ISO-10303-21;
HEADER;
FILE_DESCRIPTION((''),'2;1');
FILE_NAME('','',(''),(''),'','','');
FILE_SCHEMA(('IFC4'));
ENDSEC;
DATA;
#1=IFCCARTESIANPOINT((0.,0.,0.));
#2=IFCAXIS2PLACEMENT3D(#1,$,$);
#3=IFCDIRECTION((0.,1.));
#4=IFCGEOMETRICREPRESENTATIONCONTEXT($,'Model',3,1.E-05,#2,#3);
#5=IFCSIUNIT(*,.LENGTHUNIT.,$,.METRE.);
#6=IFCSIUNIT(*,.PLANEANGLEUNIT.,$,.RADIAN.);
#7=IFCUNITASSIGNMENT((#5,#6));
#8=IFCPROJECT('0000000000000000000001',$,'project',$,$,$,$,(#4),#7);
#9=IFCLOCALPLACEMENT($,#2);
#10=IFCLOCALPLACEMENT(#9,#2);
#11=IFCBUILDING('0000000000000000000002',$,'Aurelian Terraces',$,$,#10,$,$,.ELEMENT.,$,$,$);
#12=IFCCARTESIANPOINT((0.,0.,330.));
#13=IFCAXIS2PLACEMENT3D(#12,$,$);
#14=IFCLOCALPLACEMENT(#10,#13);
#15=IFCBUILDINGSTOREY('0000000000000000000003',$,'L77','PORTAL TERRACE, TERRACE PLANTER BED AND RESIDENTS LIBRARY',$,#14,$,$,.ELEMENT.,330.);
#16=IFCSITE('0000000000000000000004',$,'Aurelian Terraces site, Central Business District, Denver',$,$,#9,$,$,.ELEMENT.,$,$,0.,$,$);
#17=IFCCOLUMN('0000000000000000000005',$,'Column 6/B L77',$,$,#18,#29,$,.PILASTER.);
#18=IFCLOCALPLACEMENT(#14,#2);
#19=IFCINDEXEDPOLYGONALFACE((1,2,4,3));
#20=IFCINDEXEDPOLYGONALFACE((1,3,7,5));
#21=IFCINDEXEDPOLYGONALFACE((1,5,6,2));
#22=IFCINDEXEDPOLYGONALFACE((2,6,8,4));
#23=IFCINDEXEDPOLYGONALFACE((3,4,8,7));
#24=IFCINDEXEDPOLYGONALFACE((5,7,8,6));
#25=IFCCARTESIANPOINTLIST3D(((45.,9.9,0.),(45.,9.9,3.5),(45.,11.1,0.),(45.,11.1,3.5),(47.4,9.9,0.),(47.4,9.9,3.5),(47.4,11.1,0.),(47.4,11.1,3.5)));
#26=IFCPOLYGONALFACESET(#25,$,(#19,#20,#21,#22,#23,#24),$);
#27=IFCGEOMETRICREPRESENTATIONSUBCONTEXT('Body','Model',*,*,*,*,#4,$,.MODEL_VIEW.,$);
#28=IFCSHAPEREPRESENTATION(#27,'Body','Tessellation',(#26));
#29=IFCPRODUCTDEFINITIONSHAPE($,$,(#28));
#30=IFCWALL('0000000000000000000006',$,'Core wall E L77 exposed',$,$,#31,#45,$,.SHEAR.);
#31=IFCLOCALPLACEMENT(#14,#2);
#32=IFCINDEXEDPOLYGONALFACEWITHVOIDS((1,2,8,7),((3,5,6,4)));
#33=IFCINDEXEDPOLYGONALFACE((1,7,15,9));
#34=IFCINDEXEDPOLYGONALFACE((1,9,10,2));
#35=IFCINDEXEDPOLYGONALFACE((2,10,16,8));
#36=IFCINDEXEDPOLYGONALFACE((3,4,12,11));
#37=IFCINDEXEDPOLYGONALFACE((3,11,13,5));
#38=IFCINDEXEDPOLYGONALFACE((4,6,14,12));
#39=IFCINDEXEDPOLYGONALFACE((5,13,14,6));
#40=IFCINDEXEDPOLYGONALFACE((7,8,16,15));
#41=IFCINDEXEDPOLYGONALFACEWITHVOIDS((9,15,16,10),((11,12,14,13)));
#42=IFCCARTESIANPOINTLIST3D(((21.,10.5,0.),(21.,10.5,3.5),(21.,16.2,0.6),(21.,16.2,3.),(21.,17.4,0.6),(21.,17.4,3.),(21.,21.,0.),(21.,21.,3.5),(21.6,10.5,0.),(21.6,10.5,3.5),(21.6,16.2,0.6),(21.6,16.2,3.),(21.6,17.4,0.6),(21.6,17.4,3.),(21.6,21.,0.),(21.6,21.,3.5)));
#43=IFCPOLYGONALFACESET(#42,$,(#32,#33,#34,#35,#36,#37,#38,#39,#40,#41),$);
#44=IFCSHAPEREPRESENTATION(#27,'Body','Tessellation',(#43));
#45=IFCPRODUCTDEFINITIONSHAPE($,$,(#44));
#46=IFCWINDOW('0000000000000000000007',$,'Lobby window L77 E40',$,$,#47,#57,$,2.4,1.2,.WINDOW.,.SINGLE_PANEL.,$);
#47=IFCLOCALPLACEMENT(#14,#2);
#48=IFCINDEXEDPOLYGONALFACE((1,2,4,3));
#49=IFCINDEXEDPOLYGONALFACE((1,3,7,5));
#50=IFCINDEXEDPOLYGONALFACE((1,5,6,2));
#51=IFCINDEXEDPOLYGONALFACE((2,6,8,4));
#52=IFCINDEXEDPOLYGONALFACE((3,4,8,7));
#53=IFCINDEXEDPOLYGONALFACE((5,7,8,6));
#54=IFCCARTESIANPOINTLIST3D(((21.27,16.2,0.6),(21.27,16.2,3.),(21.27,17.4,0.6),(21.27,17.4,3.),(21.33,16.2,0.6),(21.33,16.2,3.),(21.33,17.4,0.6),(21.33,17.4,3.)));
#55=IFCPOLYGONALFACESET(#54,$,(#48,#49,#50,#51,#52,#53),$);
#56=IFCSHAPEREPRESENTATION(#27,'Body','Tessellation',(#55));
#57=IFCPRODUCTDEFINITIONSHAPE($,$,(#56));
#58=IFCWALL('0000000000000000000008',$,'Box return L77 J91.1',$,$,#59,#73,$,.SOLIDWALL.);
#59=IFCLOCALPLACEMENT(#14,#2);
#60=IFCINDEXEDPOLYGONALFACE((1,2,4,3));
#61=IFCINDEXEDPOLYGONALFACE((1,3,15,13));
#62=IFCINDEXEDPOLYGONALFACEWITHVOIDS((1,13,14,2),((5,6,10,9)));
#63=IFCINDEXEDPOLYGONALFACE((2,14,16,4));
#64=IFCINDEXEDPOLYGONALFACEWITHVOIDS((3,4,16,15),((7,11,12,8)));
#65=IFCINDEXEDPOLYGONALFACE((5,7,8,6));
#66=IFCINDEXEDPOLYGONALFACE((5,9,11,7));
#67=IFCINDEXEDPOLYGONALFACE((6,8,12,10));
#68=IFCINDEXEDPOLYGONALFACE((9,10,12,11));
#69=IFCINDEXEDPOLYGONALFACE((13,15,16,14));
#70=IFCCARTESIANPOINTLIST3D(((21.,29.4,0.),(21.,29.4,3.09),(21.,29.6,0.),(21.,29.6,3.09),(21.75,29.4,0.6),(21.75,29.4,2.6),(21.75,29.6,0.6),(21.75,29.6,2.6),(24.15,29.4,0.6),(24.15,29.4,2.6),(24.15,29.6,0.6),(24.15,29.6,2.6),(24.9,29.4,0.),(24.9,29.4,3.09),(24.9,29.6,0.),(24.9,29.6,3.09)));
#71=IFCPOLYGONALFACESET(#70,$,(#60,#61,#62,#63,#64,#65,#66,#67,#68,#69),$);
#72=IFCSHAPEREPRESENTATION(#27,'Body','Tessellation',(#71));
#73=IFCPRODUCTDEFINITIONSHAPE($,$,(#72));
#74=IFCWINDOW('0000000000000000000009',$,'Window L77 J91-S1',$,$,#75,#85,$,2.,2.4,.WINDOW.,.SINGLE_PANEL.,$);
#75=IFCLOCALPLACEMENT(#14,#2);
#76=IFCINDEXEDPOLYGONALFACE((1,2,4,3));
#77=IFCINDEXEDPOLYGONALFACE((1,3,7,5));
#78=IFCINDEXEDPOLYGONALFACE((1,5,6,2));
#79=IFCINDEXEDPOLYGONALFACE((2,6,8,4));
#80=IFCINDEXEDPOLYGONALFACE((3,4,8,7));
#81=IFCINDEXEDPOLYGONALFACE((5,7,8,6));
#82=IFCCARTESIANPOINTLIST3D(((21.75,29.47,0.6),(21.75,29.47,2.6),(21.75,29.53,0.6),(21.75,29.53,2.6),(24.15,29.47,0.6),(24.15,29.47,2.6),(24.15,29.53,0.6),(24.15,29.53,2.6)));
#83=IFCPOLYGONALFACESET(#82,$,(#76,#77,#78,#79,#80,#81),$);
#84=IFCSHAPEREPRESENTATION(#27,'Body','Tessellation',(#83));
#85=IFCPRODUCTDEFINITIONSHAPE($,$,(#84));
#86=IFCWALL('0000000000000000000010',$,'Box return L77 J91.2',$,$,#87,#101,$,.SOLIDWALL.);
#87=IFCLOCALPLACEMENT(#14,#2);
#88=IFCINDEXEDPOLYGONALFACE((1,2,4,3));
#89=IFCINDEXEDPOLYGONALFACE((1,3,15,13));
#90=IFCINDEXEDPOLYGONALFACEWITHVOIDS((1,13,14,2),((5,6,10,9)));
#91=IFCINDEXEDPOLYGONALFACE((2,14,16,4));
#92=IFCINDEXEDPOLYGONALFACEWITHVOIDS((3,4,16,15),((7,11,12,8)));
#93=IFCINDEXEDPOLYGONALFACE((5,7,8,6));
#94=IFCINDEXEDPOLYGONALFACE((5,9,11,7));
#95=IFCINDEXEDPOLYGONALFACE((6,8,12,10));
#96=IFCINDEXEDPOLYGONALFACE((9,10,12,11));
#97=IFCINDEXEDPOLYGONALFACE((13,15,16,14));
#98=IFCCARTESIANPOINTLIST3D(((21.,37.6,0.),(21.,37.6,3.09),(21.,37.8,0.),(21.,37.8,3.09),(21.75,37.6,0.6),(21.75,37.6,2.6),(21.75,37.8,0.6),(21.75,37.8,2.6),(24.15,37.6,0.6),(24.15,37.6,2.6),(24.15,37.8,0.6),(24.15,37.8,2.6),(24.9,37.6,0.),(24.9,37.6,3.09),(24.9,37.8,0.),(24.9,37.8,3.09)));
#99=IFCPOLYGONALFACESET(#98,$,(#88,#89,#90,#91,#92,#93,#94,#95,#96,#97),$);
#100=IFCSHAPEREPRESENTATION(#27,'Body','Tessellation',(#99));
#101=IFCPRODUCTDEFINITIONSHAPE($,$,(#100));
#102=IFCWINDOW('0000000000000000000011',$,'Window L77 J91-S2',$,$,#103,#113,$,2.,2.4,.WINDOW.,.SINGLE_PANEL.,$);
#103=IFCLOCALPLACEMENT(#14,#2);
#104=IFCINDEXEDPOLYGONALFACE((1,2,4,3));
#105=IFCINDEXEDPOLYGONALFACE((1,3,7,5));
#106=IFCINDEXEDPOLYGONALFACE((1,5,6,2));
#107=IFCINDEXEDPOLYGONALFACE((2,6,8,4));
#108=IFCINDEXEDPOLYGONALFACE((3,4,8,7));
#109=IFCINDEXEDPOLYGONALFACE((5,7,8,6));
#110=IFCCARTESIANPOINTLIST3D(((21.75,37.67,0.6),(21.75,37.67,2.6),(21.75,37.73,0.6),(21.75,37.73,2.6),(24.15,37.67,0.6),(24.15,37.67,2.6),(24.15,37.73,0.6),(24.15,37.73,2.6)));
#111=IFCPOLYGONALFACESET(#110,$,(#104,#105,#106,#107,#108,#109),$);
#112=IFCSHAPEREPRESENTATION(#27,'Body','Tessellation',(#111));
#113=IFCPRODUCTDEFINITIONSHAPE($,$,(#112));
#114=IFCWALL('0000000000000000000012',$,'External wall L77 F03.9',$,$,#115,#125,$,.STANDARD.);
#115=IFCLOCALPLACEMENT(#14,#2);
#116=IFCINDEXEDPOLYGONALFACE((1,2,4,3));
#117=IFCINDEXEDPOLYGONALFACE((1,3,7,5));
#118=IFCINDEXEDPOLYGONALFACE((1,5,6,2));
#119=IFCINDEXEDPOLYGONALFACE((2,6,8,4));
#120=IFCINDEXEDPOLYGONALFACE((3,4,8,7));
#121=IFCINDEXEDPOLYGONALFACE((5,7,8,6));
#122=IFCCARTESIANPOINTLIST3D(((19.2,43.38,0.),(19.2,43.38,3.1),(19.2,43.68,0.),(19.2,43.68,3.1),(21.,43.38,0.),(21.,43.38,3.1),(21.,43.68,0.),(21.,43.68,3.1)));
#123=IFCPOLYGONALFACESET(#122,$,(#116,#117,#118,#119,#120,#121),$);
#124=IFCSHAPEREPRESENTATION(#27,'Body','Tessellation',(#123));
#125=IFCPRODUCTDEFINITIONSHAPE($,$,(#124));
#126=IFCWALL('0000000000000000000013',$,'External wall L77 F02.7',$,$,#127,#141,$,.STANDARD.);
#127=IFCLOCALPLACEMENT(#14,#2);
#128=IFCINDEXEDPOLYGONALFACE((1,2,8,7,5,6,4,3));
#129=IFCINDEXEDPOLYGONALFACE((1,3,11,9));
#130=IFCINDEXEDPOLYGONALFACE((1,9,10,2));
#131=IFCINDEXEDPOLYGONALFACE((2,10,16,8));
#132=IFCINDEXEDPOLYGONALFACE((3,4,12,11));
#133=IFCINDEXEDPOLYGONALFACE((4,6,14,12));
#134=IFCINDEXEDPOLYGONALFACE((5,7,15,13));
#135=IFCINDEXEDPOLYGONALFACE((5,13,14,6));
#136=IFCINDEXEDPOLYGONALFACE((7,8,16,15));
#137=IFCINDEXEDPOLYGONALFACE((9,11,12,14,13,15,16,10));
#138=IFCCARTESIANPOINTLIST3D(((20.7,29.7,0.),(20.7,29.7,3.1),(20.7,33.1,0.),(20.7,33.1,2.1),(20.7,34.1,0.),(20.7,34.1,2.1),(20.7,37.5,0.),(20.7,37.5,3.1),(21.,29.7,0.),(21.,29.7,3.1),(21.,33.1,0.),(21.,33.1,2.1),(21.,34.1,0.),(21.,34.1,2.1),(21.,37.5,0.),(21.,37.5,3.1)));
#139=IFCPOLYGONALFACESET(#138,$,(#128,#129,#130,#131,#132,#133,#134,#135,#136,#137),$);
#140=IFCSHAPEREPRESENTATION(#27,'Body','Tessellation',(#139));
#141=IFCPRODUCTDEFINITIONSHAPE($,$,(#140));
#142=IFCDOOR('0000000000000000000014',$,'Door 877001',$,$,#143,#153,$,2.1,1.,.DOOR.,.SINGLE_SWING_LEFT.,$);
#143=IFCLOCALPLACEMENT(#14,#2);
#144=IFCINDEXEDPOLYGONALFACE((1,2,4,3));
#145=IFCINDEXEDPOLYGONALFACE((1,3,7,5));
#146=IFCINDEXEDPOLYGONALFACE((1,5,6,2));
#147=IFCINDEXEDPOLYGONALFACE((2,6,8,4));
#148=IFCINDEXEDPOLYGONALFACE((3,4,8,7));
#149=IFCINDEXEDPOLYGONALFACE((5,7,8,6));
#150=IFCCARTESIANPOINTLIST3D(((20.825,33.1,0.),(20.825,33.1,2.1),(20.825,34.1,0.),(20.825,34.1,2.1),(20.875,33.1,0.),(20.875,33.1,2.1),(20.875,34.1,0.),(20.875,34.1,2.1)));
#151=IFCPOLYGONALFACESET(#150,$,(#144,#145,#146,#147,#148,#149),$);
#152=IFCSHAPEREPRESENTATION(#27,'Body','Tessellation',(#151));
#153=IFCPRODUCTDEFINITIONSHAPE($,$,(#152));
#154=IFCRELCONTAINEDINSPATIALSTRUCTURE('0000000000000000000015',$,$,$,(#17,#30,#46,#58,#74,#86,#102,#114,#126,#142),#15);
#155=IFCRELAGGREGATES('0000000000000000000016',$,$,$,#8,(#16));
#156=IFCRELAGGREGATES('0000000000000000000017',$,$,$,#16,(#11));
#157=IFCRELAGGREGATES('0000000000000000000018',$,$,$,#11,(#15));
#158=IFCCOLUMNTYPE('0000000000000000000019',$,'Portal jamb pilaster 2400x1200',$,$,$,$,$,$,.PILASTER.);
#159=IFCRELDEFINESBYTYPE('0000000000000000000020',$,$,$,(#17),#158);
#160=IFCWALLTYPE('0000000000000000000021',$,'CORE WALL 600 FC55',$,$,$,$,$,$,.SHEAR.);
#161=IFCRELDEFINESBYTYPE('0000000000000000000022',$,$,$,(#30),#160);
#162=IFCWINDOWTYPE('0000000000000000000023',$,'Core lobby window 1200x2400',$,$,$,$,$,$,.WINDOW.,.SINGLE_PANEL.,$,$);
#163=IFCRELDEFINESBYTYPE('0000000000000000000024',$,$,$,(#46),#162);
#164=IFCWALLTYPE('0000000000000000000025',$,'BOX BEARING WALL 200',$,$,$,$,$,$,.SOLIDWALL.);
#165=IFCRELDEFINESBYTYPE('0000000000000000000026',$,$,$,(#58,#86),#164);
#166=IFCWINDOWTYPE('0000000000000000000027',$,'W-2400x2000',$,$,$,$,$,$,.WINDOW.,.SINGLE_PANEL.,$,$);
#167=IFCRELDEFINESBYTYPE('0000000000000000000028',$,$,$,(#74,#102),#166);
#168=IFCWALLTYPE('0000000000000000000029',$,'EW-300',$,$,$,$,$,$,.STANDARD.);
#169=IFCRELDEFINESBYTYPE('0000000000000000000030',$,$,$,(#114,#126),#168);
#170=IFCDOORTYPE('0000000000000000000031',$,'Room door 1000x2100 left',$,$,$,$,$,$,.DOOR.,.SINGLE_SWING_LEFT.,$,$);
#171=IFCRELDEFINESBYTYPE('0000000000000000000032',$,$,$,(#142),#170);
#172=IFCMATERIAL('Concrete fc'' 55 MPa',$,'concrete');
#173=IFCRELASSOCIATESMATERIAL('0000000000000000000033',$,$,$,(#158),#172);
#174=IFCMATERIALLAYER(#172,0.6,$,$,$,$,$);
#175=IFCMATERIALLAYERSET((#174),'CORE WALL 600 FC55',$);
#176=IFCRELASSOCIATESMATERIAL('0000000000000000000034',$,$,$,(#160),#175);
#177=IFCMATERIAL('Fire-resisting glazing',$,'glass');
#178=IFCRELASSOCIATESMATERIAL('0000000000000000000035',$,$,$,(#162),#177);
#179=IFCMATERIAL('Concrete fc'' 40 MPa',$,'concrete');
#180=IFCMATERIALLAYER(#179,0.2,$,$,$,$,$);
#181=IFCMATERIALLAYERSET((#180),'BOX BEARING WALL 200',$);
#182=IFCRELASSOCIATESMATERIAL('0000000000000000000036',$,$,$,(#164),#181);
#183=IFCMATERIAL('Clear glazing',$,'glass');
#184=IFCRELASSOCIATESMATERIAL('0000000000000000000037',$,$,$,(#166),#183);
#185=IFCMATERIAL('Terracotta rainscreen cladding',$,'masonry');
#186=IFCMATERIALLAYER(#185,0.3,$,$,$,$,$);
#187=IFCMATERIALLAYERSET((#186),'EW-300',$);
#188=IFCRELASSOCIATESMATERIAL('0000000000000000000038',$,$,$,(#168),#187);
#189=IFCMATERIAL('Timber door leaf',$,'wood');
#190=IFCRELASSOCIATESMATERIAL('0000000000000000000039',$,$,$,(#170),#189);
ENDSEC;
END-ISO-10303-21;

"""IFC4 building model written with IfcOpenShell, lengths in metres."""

from ifc_helpers import new_model, si_unit, direction, frame, frame_2d, origin, origin_2d, place, context, subcontext, project, spatial, rectangle, extrude, source, transform, mapped, material, layer, layer_set, material_profile, profile_set, type_object, element, fill, save


model = new_model("IFC4")

# Units and contexts
model_context = context("Model", 3, precision=1e-05, world=origin(), true_north=direction((0.0, 1.0)))
body_context = subcontext(model_context, "Body", "Model", "MODEL_VIEW")
ifc_project = project(units=[si_unit("LENGTHUNIT", "METRE"), si_unit("PLANEANGLEUNIT", "RADIAN")], contexts=[model_context])

# Site, building, storey
site_placement = place(None, origin())
site = spatial("IfcSite", under=ifc_project, at=site_placement, Name="Aurelian Terraces site, Central Business District, Denver", CompositionType="ELEMENT", RefElevation=0.0)
building_placement = place(site_placement, origin())
building = spatial("IfcBuilding", under=site, at=building_placement, Name="Aurelian Terraces", CompositionType="ELEMENT")
storey_placement = place(building_placement, frame((0.0, 0.0, 330.0)))
storey = spatial("IfcBuildingStorey", under=building, at=storey_placement, Name="L77", Description="PORTAL TERRACE, TERRACE PLANTER BED AND RESIDENTS LIBRARY", CompositionType="ELEMENT", Elevation=330.0)

# Column
ifc_material_1 = material(Name="Concrete fc' 55 MPa", Category="concrete")
ifc_material_profile = material_profile(ifc_material_1, rectangle(XDim=2.4, YDim=1.2, at=origin_2d()))
ifc_profile_set = profile_set([ifc_material_profile], Name="Concrete fc' 55 MPa")
column_type = type_object("IfcColumnType", Name="Portal jamb pilaster 2400x1200", PredefinedType="PILASTER", material=ifc_profile_set)
shared_shape_1 = source(origin(), body_context, "Body", "SweptSolid", [
    extrude(rectangle(XDim=2.4, YDim=1.2, at=origin_2d()), origin(), (0.0, 0.0, 1.0), 3.5),
])
column_placement = place(storey_placement, frame((46.2, 10.5, 0.0), z_axis=(0.0, 0.0, 1.0), x_axis=(1.0, 0.0, 0.0)))
element("IfcColumn", 1, at=column_placement, inside=storey, type_object=column_type, Name="Column 6/B L77", PredefinedType="PILASTER", context=body_context, shape_type="MappedRepresentation", body=[
    mapped(shared_shape_1, transform((0.0, 0.0, 0.0), scale=1.0)),
])

# Walls, openings, windows
ifc_layer_1 = layer(ifc_material_1, 0.6)
ifc_layer_set_1 = layer_set([ifc_layer_1], Name="CORE WALL 600 FC55")
wall_type_1 = type_object("IfcWallType", Name="CORE WALL 600 FC55", PredefinedType="SHEAR", material=ifc_layer_set_1)
shared_shape_2 = source(origin(), body_context, "Body", "SweptSolid", [
    extrude(rectangle(XDim=10.5, YDim=0.6, at=frame_2d((5.25, 0.0))), origin(), (0.0, 0.0, 1.0), 3.5),
])
wall_1_placement = place(storey_placement, frame((21.3, 10.5, 0.0), z_axis=(0.0, 0.0, 1.0), x_axis=(0.0, 1.0, 0.0)))
wall_1 = element("IfcWall", 2, at=wall_1_placement, inside=storey, type_object=wall_type_1, Name="Core wall E L77 exposed", PredefinedType="SHEAR", context=body_context, shape_type="MappedRepresentation", body=[
    mapped(shared_shape_2, transform((0.0, 0.0, 0.0), scale=1.0)),
])
shared_shape_3 = source(origin(), body_context, "Body", "SweptSolid", [
    extrude(rectangle(XDim=1.2, YDim=2.4, at=frame_2d((0.6, 1.2))), frame((0.0, 0.31, 0.0), z_axis=(0.0, -1.0, 0.0), x_axis=(1.0, 0.0, 0.0)), (0.0, 0.0, 1.0), 0.62),
])
opening_1_placement = place(wall_1_placement, frame((5.7, 0.0, 0.6)))
opening_1 = element("IfcOpeningElement", 3, at=opening_1_placement, cuts=wall_1, PredefinedType="OPENING", context=body_context, shape_type="MappedRepresentation", body=[
    mapped(shared_shape_3, transform((0.0, 0.0, 0.0), scale=1.0)),
])
ifc_material_2 = material(Name="Fire-resisting glazing", Category="glass")
window_type_1 = type_object("IfcWindowType", Name="Core lobby window 1200x2400", PartitioningType="SINGLE_PANEL", PredefinedType="WINDOW", material=ifc_material_2)
shared_shape_4 = source(origin(), body_context, "Body", "SweptSolid", [
    extrude(rectangle(XDim=1.2, YDim=2.4, at=frame_2d((0.6, 1.2))), frame((0.0, 0.03, 0.0), z_axis=(0.0, -1.0, 0.0), x_axis=(1.0, 0.0, 0.0)), (0.0, 0.0, 1.0), 0.06),
])
window_1_placement = place(opening_1_placement, origin())
window_1 = element("IfcWindow", 4, at=window_1_placement, inside=storey, type_object=window_type_1, Name="Lobby window L77 E40", OverallHeight=2.4, OverallWidth=1.2, PartitioningType="SINGLE_PANEL", PredefinedType="WINDOW", context=body_context, shape_type="MappedRepresentation", body=[
    mapped(shared_shape_4, transform((0.0, 0.0, 0.0), scale=1.0)),
])
fill(opening_1, window_1)
ifc_material_3 = material(Name="Concrete fc' 40 MPa", Category="concrete")
ifc_layer_2 = layer(ifc_material_3, 0.2)
ifc_layer_set_2 = layer_set([ifc_layer_2], Name="BOX BEARING WALL 200")
wall_type_2 = type_object("IfcWallType", Name="BOX BEARING WALL 200", PredefinedType="SOLIDWALL", material=ifc_layer_set_2)
shared_shape_5 = source(origin(), body_context, "Body", "SweptSolid", [
    extrude(rectangle(XDim=3.9, YDim=0.2, at=frame_2d((1.95, 0.0))), origin(), (0.0, 0.0, 1.0), 3.09),
])
wall_2_placement = place(storey_placement, frame((21.0, 29.5, 0.0), z_axis=(0.0, 0.0, 1.0), x_axis=(1.0, 0.0, 0.0)))
wall_2 = element("IfcWall", 5, at=wall_2_placement, inside=storey, type_object=wall_type_2, Name="Box return L77 J91.1", PredefinedType="SOLIDWALL", context=body_context, shape_type="MappedRepresentation", body=[
    mapped(shared_shape_5, transform((0.0, 0.0, 0.0), scale=1.0)),
])
shared_shape_6 = source(origin(), body_context, "Body", "SweptSolid", [
    extrude(rectangle(XDim=2.4, YDim=2.0, at=frame_2d((1.2, 1.0))), frame((0.0, 0.11, 0.0), z_axis=(0.0, -1.0, 0.0), x_axis=(1.0, 0.0, 0.0)), (0.0, 0.0, 1.0), 0.22),
])
opening_2_placement = place(wall_2_placement, frame((0.75, 0.0, 0.6)))
opening_2 = element("IfcOpeningElement", 6, at=opening_2_placement, cuts=wall_2, PredefinedType="OPENING", context=body_context, shape_type="MappedRepresentation", body=[
    mapped(shared_shape_6, transform((0.0, 0.0, 0.0), scale=1.0)),
])
ifc_material_4 = material(Name="Clear glazing", Category="glass")
window_type_2 = type_object("IfcWindowType", Name="W-2400x2000", PartitioningType="SINGLE_PANEL", PredefinedType="WINDOW", material=ifc_material_4)
shared_shape_7 = source(origin(), body_context, "Body", "SweptSolid", [
    extrude(rectangle(XDim=2.4, YDim=2.0, at=frame_2d((1.2, 1.0))), frame((0.0, 0.03, 0.0), z_axis=(0.0, -1.0, 0.0), x_axis=(1.0, 0.0, 0.0)), (0.0, 0.0, 1.0), 0.06),
])
window_2_placement = place(opening_2_placement, origin())
window_2 = element("IfcWindow", 7, at=window_2_placement, inside=storey, type_object=window_type_2, Name="Window L77 J91-S1", OverallHeight=2.0, OverallWidth=2.4, PartitioningType="SINGLE_PANEL", PredefinedType="WINDOW", context=body_context, shape_type="MappedRepresentation", body=[
    mapped(shared_shape_7, transform((0.0, 0.0, 0.0), scale=1.0)),
])
fill(opening_2, window_2)
wall_3_placement = place(storey_placement, frame((21.0, 37.7, 0.0), z_axis=(0.0, 0.0, 1.0), x_axis=(1.0, 0.0, 0.0)))
wall_3 = element("IfcWall", 8, at=wall_3_placement, inside=storey, type_object=wall_type_2, Name="Box return L77 J91.2", PredefinedType="SOLIDWALL", context=body_context, shape_type="MappedRepresentation", body=[
    mapped(shared_shape_5, transform((0.0, 0.0, 0.0), scale=1.0)),
])
opening_3_placement = place(wall_3_placement, frame((0.75, 0.0, 0.6)))
opening_3 = element("IfcOpeningElement", 9, at=opening_3_placement, cuts=wall_3, PredefinedType="OPENING", context=body_context, shape_type="MappedRepresentation", body=[
    mapped(shared_shape_6, transform((0.0, 0.0, 0.0), scale=1.0)),
])
window_3_placement = place(opening_3_placement, origin())
window_3 = element("IfcWindow", 10, at=window_3_placement, inside=storey, type_object=window_type_2, Name="Window L77 J91-S2", OverallHeight=2.0, OverallWidth=2.4, PartitioningType="SINGLE_PANEL", PredefinedType="WINDOW", context=body_context, shape_type="MappedRepresentation", body=[
    mapped(shared_shape_7, transform((0.0, 0.0, 0.0), scale=1.0)),
])
fill(opening_3, window_3)

# Wall
ifc_material_5 = material(Name="Terracotta rainscreen cladding", Category="masonry")
ifc_layer_3 = layer(ifc_material_5, 0.3)
ifc_layer_set_3 = layer_set([ifc_layer_3], Name="EW-300")
wall_type_3 = type_object("IfcWallType", Name="EW-300", PredefinedType="STANDARD", material=ifc_layer_set_3)
shared_shape_8 = source(origin(), body_context, "Body", "SweptSolid", [
    extrude(rectangle(XDim=1.8, YDim=0.3, at=frame_2d((0.9, 0.0))), origin(), (0.0, 0.0, 1.0), 3.1),
])
wall_4_placement = place(storey_placement, frame((21.0, 43.53, 0.0), z_axis=(0.0, 0.0, 1.0), x_axis=(-1.0, 0.0, 0.0)))
element("IfcWall", 11, at=wall_4_placement, inside=storey, type_object=wall_type_3, Name="External wall L77 F03.9", PredefinedType="STANDARD", context=body_context, shape_type="MappedRepresentation", body=[
    mapped(shared_shape_8, transform((0.0, 0.0, 0.0), scale=1.0)),
])

# Wall, opening, door
shared_shape_9 = source(origin(), body_context, "Body", "SweptSolid", [
    extrude(rectangle(XDim=7.8, YDim=0.3, at=frame_2d((3.9, 0.0))), origin(), (0.0, 0.0, 1.0), 3.1),
])
wall_5_placement = place(storey_placement, frame((20.85, 29.7, 0.0), z_axis=(0.0, 0.0, 1.0), x_axis=(0.0, 1.0, 0.0)))
wall_5 = element("IfcWall", 12, at=wall_5_placement, inside=storey, type_object=wall_type_3, Name="External wall L77 F02.7", PredefinedType="STANDARD", context=body_context, shape_type="MappedRepresentation", body=[
    mapped(shared_shape_9, transform((0.0, 0.0, 0.0), scale=1.0)),
])
shared_shape_10 = source(origin(), body_context, "Body", "SweptSolid", [
    extrude(rectangle(XDim=1.0, YDim=2.1, at=frame_2d((0.5, 1.05))), frame((0.0, 0.16, 0.0), z_axis=(0.0, -1.0, 0.0), x_axis=(1.0, 0.0, 0.0)), (0.0, 0.0, 1.0), 0.32),
])
opening_4_placement = place(wall_5_placement, frame((3.4, 0.0, 0.0)))
opening_4 = element("IfcOpeningElement", 13, at=opening_4_placement, cuts=wall_5, PredefinedType="OPENING", context=body_context, shape_type="MappedRepresentation", body=[
    mapped(shared_shape_10, transform((0.0, 0.0, 0.0), scale=1.0)),
])
ifc_material_6 = material(Name="Timber door leaf", Category="wood")
door_type = type_object("IfcDoorType", Name="Room door 1000x2100 left", OperationType="SINGLE_SWING_LEFT", PredefinedType="DOOR", material=ifc_material_6)
shared_shape_11 = source(origin(), body_context, "Body", "SweptSolid", [
    extrude(rectangle(XDim=1.0, YDim=2.1, at=frame_2d((0.5, 1.05))), frame((0.0, 0.025, 0.0), z_axis=(0.0, -1.0, 0.0), x_axis=(1.0, 0.0, 0.0)), (0.0, 0.0, 1.0), 0.05),
])
door_placement = place(opening_4_placement, origin())
door = element("IfcDoor", 14, at=door_placement, inside=storey, type_object=door_type, Name="Door 877001", OperationType="SINGLE_SWING_LEFT", OverallHeight=2.1, OverallWidth=1.0, PredefinedType="DOOR", context=body_context, shape_type="MappedRepresentation", body=[
    mapped(shared_shape_11, transform((0.0, 0.0, 0.0), scale=1.0)),
])
fill(opening_4, door)

save(model, "model.ifc")
